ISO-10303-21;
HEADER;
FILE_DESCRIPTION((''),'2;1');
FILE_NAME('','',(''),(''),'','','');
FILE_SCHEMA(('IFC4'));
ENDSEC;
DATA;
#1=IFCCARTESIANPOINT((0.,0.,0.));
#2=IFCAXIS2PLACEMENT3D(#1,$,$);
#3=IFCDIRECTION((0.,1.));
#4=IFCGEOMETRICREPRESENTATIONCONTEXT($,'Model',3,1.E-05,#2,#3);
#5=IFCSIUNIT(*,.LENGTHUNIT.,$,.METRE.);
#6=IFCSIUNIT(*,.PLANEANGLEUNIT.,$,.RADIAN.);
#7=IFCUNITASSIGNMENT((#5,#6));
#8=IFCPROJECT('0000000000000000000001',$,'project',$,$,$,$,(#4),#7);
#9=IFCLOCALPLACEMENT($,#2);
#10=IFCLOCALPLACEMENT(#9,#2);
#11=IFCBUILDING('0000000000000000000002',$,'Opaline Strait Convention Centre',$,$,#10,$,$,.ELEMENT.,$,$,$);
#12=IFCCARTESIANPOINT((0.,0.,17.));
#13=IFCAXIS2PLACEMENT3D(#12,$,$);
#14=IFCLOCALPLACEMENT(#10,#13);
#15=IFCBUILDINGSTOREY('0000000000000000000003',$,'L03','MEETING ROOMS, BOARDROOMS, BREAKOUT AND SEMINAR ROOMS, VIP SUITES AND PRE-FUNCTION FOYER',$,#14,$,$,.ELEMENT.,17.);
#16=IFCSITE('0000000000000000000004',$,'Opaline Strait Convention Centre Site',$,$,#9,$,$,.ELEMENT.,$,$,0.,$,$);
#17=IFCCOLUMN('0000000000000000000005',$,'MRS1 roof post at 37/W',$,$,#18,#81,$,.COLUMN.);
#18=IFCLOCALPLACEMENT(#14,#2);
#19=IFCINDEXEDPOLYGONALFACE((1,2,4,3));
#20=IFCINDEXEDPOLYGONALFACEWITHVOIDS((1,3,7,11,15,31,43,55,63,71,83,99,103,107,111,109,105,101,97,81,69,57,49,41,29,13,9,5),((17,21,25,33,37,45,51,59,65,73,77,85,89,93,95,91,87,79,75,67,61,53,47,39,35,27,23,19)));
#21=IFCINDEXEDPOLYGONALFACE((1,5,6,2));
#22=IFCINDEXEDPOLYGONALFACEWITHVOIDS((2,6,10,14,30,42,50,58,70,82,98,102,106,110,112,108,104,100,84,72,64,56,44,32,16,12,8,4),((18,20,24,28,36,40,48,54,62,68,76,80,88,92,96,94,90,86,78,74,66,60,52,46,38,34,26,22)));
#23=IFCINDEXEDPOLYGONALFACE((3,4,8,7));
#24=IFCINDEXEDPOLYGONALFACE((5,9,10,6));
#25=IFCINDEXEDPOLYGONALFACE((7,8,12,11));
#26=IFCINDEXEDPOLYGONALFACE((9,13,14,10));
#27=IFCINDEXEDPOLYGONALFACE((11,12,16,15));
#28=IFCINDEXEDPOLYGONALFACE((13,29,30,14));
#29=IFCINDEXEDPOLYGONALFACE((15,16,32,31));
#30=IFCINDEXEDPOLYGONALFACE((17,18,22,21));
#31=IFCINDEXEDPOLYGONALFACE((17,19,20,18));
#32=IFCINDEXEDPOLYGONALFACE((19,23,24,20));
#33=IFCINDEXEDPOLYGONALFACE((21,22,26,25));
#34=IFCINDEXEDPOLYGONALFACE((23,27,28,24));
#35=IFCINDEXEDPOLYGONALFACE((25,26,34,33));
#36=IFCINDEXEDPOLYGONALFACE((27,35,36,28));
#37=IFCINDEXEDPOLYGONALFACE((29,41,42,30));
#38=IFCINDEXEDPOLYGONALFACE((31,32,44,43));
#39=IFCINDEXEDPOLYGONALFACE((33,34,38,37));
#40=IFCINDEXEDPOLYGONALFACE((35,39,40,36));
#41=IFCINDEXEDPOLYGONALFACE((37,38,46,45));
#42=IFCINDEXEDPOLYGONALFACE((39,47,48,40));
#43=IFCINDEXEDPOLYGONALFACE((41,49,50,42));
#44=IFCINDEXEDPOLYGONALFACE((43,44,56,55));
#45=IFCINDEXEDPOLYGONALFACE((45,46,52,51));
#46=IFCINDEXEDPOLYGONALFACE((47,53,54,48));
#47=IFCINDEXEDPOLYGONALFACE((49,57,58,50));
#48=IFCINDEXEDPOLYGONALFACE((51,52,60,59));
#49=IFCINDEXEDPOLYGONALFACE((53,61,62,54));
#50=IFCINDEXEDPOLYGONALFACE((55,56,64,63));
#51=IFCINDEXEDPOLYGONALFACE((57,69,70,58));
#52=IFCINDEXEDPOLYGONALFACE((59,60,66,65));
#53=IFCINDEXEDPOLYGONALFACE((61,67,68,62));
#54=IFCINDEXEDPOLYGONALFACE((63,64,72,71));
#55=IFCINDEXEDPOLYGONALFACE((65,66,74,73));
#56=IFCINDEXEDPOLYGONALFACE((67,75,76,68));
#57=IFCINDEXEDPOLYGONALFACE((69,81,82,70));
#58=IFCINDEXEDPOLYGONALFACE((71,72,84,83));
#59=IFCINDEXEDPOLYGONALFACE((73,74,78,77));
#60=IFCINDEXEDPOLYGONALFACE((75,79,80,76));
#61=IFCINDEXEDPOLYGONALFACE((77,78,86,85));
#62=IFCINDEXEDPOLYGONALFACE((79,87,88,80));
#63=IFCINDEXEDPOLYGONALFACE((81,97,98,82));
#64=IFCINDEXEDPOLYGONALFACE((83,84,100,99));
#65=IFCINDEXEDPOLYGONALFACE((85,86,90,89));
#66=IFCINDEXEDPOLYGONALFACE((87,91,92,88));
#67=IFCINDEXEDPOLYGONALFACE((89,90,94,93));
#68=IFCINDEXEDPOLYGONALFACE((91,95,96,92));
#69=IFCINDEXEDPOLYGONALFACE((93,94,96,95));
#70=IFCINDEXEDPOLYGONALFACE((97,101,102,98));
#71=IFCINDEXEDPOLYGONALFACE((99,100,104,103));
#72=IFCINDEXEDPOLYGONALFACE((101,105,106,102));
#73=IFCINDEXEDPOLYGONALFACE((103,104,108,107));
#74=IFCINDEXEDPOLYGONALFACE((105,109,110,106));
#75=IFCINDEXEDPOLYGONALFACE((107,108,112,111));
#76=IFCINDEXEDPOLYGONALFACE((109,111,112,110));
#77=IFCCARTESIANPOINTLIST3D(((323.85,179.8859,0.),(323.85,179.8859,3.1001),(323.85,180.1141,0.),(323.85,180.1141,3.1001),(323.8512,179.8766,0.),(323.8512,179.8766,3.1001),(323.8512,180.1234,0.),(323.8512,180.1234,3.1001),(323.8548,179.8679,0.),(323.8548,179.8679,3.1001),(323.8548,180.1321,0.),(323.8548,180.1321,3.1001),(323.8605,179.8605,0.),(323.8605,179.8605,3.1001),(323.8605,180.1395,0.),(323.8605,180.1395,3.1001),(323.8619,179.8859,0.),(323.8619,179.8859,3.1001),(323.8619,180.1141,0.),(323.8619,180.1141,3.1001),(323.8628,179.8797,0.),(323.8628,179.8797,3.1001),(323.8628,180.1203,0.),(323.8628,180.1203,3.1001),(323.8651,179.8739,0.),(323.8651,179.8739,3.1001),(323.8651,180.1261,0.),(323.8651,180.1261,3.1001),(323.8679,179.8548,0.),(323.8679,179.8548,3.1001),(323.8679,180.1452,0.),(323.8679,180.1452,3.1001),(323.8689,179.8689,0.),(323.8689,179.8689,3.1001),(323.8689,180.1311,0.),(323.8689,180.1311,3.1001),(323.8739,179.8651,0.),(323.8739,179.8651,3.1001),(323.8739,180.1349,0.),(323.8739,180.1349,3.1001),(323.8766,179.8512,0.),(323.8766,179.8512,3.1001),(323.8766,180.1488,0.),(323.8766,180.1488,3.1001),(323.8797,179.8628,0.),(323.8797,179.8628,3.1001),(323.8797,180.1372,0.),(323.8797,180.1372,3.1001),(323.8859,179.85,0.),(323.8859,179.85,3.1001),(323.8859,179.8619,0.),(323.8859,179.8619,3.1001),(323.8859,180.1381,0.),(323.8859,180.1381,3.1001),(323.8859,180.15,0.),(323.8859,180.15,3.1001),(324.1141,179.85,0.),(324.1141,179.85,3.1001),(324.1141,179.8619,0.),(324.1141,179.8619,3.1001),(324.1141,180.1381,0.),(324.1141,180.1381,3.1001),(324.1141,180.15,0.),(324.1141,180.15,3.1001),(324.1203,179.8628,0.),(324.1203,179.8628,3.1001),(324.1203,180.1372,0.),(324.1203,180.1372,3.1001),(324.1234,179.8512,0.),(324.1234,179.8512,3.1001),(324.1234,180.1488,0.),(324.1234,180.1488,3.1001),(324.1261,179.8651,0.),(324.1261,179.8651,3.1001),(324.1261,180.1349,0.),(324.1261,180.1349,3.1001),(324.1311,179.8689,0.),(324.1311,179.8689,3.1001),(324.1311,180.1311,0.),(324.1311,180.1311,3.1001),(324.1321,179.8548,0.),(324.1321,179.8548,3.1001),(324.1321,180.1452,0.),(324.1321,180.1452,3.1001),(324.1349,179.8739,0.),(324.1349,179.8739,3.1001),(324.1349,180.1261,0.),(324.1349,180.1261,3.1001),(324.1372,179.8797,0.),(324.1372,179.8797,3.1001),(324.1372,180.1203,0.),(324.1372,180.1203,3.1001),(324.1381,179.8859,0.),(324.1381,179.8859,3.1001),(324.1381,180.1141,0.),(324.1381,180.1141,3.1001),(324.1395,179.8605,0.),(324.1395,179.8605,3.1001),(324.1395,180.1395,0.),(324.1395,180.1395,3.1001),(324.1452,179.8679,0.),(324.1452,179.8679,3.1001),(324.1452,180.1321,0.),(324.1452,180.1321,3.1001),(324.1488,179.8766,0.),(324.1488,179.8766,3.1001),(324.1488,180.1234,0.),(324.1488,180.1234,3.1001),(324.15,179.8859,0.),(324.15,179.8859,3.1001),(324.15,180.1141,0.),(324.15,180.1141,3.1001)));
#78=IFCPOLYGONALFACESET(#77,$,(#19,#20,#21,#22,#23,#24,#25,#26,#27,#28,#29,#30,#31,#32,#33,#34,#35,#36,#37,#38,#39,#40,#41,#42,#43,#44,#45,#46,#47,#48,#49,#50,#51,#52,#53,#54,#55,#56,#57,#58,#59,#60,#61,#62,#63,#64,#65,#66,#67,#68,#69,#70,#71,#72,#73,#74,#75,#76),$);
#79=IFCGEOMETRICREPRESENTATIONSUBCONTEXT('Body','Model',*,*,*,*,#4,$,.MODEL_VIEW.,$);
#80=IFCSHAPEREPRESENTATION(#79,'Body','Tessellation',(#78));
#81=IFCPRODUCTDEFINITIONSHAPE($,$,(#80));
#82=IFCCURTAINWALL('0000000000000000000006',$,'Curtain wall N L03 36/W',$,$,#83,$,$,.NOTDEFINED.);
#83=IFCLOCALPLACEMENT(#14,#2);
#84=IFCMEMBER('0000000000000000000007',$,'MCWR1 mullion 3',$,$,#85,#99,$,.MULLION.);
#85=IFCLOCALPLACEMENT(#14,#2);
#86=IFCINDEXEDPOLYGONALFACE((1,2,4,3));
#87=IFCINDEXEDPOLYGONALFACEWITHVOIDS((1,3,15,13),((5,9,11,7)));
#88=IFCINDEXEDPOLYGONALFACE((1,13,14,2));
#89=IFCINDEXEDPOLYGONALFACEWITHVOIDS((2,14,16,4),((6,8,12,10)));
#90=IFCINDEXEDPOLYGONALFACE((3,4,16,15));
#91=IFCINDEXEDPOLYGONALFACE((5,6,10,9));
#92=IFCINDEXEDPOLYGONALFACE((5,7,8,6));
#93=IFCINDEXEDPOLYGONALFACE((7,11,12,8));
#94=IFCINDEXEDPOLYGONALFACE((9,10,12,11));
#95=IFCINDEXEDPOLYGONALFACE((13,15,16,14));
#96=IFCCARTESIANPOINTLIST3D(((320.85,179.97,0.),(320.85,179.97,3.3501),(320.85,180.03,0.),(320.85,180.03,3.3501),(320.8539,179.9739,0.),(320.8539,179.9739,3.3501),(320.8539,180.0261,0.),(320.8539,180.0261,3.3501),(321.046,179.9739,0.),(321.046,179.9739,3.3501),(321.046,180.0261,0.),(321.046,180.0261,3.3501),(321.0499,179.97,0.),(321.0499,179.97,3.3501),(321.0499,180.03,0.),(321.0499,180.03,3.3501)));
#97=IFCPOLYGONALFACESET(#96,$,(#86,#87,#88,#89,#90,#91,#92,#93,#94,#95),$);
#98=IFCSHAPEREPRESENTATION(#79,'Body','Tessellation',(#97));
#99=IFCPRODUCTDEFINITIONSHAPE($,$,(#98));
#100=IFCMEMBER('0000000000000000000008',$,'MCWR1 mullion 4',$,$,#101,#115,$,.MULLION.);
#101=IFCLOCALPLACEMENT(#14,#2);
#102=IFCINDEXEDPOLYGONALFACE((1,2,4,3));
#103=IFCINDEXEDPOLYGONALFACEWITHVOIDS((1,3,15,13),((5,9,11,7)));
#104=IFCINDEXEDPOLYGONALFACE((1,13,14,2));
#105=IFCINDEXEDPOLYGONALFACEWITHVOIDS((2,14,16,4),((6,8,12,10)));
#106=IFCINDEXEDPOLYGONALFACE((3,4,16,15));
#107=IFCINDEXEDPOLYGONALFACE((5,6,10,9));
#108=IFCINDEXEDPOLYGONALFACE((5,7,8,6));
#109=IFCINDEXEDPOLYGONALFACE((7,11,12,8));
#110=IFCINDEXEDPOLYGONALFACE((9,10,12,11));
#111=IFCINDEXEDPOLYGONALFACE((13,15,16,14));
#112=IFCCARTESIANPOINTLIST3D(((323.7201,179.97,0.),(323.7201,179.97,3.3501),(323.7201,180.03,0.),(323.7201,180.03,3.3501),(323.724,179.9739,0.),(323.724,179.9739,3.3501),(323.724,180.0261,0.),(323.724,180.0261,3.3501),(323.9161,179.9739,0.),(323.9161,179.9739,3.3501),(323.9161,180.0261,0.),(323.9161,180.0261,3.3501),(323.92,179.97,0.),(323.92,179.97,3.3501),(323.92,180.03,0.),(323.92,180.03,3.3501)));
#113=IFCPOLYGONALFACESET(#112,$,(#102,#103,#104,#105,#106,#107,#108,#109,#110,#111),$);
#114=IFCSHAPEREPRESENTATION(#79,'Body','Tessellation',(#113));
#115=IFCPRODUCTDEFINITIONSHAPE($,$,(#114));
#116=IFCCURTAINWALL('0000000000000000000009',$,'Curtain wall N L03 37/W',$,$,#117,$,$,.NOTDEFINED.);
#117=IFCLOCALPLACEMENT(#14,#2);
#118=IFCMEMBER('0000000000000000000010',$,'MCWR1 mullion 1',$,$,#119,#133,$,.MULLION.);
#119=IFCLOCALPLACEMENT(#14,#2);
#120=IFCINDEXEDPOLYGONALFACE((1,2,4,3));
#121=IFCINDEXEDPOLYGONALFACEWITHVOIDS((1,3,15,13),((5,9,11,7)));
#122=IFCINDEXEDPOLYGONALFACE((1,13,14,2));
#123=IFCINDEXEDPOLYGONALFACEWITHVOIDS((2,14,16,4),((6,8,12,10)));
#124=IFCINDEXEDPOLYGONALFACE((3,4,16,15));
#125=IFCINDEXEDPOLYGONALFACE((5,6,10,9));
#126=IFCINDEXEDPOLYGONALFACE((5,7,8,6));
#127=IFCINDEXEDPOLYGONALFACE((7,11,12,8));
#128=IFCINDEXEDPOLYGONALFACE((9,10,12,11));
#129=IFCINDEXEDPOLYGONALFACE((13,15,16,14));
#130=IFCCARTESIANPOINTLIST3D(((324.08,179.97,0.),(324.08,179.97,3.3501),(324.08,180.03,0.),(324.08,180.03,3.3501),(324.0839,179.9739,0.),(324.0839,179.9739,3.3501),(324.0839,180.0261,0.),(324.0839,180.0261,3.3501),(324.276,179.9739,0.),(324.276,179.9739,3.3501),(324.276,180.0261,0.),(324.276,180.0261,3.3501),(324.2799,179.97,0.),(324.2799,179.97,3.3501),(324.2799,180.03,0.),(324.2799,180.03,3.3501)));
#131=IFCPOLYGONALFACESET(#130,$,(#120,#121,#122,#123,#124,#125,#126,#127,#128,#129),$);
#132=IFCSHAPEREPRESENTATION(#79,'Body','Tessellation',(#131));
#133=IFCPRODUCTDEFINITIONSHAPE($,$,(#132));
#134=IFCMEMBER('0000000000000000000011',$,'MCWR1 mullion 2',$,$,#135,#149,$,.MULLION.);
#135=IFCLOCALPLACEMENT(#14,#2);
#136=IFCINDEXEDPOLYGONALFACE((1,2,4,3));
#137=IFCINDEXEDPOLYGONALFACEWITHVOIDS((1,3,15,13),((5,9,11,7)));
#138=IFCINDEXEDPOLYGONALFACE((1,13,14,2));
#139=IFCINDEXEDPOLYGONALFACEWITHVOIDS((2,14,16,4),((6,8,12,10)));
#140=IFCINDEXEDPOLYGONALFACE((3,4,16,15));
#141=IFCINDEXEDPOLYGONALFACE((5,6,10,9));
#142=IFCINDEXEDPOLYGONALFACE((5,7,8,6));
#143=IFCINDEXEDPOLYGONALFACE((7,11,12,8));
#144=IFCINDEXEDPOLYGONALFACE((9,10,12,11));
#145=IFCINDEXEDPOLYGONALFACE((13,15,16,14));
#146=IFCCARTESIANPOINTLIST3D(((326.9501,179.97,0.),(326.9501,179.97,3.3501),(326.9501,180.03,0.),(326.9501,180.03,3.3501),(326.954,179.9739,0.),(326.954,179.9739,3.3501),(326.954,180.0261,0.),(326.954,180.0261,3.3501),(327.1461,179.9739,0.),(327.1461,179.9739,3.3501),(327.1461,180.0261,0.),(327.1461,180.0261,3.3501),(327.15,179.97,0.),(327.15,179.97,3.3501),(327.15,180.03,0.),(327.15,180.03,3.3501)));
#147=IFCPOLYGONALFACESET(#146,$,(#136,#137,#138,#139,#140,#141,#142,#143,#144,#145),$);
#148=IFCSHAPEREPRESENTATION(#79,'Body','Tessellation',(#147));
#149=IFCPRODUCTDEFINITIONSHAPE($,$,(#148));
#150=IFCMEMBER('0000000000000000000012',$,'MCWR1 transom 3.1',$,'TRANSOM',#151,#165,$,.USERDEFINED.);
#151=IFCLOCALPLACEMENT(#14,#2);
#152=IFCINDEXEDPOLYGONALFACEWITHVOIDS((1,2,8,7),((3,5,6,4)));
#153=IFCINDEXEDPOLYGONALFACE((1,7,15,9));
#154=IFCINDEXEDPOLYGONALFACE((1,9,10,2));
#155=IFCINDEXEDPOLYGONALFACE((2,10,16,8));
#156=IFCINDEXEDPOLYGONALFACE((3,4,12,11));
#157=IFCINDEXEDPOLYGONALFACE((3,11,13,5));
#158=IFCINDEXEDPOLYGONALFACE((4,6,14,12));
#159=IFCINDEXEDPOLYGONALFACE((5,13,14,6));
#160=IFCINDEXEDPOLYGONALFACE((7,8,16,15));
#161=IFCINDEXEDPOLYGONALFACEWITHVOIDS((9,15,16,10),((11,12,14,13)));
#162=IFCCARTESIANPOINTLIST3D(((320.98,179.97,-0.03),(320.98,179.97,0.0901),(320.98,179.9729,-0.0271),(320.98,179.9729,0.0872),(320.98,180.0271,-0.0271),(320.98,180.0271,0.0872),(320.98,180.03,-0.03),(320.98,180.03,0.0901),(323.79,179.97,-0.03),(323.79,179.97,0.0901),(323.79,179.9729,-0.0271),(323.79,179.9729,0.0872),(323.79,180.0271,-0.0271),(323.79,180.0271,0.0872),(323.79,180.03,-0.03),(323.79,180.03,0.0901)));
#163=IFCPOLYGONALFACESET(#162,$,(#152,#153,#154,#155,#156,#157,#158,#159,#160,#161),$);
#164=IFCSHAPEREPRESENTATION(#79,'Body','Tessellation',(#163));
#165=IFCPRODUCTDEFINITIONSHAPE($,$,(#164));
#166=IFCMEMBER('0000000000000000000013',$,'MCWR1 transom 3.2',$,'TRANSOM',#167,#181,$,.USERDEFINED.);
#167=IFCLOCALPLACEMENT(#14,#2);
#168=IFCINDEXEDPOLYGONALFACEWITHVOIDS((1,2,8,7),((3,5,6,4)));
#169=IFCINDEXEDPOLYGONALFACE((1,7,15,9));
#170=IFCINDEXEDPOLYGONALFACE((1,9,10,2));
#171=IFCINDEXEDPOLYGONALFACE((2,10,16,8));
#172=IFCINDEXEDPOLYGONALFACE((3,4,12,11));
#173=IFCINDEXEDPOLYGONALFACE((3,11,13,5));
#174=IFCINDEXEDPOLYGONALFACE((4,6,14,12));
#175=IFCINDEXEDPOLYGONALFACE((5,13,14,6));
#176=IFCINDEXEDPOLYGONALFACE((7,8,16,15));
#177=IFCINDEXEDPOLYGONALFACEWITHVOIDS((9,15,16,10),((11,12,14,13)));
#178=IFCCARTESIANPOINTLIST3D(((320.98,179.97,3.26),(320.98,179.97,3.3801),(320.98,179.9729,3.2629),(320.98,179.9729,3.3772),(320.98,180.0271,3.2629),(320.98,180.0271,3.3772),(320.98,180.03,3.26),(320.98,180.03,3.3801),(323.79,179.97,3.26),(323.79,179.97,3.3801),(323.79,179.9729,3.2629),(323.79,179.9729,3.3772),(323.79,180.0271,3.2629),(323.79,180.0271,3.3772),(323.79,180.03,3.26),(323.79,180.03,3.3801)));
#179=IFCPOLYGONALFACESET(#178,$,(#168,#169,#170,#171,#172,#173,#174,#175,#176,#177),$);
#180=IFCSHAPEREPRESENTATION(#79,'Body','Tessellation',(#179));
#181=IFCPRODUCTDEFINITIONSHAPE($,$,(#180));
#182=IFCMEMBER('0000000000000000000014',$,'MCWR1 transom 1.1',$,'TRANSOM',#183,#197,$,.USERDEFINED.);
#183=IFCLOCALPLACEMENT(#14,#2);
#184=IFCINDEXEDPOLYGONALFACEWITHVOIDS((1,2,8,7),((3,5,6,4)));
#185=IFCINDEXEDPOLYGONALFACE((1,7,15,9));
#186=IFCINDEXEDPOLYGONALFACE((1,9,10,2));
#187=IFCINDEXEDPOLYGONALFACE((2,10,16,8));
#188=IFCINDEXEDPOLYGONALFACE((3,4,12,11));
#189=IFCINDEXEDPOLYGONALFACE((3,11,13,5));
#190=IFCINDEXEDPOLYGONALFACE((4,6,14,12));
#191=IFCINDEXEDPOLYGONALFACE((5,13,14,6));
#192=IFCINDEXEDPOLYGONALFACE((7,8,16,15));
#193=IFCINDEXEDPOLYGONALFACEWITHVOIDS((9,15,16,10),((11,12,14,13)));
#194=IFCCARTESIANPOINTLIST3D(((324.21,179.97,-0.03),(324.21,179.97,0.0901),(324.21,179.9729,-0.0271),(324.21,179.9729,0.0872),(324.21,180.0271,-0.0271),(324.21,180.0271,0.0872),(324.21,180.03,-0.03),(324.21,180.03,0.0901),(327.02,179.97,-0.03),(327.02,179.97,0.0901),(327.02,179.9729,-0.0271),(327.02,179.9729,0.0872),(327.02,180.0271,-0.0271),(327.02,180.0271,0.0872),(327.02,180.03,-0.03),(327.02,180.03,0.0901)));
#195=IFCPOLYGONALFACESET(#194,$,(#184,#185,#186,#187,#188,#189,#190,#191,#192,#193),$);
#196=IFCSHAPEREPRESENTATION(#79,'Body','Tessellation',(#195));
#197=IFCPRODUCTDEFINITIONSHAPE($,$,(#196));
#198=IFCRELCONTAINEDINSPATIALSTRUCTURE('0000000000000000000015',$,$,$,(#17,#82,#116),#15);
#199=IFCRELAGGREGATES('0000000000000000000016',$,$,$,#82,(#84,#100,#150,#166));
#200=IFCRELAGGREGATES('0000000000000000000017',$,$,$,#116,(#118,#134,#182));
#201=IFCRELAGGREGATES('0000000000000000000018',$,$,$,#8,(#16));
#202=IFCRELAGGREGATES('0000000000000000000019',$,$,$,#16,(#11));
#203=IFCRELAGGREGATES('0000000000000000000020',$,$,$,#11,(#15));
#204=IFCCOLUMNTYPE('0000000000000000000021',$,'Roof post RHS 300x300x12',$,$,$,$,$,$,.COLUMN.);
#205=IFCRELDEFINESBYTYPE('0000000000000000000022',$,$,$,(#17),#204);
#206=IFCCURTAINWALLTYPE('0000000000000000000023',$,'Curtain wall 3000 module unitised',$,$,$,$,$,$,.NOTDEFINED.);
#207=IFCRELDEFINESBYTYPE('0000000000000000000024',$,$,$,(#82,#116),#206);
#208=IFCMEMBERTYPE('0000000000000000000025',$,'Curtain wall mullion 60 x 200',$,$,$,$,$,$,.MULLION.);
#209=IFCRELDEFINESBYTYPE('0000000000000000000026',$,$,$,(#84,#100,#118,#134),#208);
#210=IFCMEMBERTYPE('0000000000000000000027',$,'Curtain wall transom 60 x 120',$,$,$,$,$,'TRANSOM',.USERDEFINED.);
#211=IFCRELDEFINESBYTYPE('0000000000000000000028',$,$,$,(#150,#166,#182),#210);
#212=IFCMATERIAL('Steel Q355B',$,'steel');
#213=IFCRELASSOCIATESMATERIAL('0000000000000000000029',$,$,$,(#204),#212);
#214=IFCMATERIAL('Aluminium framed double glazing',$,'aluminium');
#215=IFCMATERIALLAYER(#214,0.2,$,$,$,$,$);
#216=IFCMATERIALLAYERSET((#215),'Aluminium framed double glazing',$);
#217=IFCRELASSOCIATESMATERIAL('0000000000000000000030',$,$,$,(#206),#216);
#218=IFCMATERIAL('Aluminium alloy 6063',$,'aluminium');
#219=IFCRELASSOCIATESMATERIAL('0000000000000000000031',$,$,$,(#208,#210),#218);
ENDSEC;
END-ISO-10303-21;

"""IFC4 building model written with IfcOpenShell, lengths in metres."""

from ifc_helpers import new_model, si_unit, direction, frame, origin, origin_2d, place, context, subcontext, project, spatial, hollow_rectangle, extrude, material, layer, layer_set, material_profile, profile_set, type_object, element, aggregate, save


model = new_model("IFC4")

# Units and contexts
model_context = context("Model", 3, precision=1e-05, world=origin(), true_north=direction((0.0, 1.0)))
body_context = subcontext(model_context, "Body", "Model", "MODEL_VIEW")
ifc_project = project(units=[si_unit("LENGTHUNIT", "METRE"), si_unit("PLANEANGLEUNIT", "RADIAN")], contexts=[model_context])

# Site, building, storey
site_placement = place(None, origin())
site = spatial("IfcSite", under=ifc_project, at=site_placement, Name="Opaline Strait Convention Centre Site", CompositionType="ELEMENT", RefElevation=0.0)
building_placement = place(site_placement, origin())
building = spatial("IfcBuilding", under=site, at=building_placement, Name="Opaline Strait Convention Centre", CompositionType="ELEMENT")
storey_placement = place(building_placement, frame((0.0, 0.0, 17.0)))
storey = spatial("IfcBuildingStorey", under=building, at=storey_placement, Name="L03", Description="MEETING ROOMS, BOARDROOMS, BREAKOUT AND SEMINAR ROOMS, VIP SUITES AND PRE-FUNCTION FOYER", CompositionType="ELEMENT", Elevation=17.0)

# Column
ifc_material_1 = material(Name="Steel Q355B", Category="steel")
ifc_material_profile_1 = material_profile(ifc_material_1, hollow_rectangle(XDim=0.3, YDim=0.3, WallThickness=0.012, InnerFilletRadius=0.0239, OuterFilletRadius=0.0359, at=origin_2d()), Name="RHS 300x300x12")
ifc_profile_set_1 = profile_set([ifc_material_profile_1], Name="Steel Q355B")
column_type = type_object("IfcColumnType", Name="Roof post RHS 300x300x12", PredefinedType="COLUMN", material=ifc_profile_set_1)
column_placement = place(storey_placement, frame((324.0, 180.0, 0.0), z_axis=(0.0, 0.0, 1.0), x_axis=(1.0, 0.0, 0.0)))
element("IfcColumn", 1, at=column_placement, inside=storey, type_object=column_type, Name="MRS1 roof post at 37/W", PredefinedType="COLUMN", context=body_context, shape_type="SweptSolid", body=[
    extrude(hollow_rectangle(XDim=0.3, YDim=0.3, WallThickness=0.012, InnerFilletRadius=0.0239, OuterFilletRadius=0.0359, at=origin_2d()), origin(), (0.0, 0.0, 1.0), 3.1001),
])

# Curtain walls, members
ifc_material_2 = material(Name="Aluminium framed double glazing", Category="aluminium")
ifc_layer_1 = layer(ifc_material_2, 0.2)
ifc_layer_set_1 = layer_set([ifc_layer_1], Name="Aluminium framed double glazing")
curtain_wall_type = type_object("IfcCurtainWallType", Name="Curtain wall 3000 module unitised", PredefinedType="NOTDEFINED", material=ifc_layer_set_1)
curtain_wall_1_placement = place(storey_placement, origin())
curtain_wall_1 = element("IfcCurtainWall", 2, at=curtain_wall_1_placement, inside=storey, type_object=curtain_wall_type, Name="Curtain wall N L03 36/W", PredefinedType="NOTDEFINED")
ifc_material_3 = material(Name="Aluminium alloy 6063", Category="aluminium")
ifc_material_profile_2 = material_profile(ifc_material_3, hollow_rectangle(XDim=0.0601, YDim=0.2, WallThickness=0.0039, at=origin_2d()), Name="MULLION 60x200x4")
ifc_profile_set_2 = profile_set([ifc_material_profile_2], Name="Aluminium alloy 6063")
member_type_1 = type_object("IfcMemberType", Name="Curtain wall mullion 60 x 200", PredefinedType="MULLION", material=ifc_profile_set_2)
member_1_placement = place(storey_placement, frame((320.95, 180.0, 0.0), z_axis=(0.0, 0.0, 1.0), x_axis=(0.0, 1.0, 0.0)))
member_1 = element("IfcMember", 3, at=member_1_placement, type_object=member_type_1, Name="MCWR1 mullion 3", PredefinedType="MULLION", context=body_context, shape_type="SweptSolid", body=[
    extrude(hollow_rectangle(XDim=0.0601, YDim=0.2, WallThickness=0.0039, at=origin_2d()), origin(), (0.0, 0.0, 1.0), 3.3501),
])
member_2_placement = place(storey_placement, frame((323.8201, 180.0, 0.0), z_axis=(0.0, 0.0, 1.0), x_axis=(0.0, 1.0, 0.0)))
member_2 = element("IfcMember", 4, at=member_2_placement, type_object=member_type_1, Name="MCWR1 mullion 4", PredefinedType="MULLION", context=body_context, shape_type="SweptSolid", body=[
    extrude(hollow_rectangle(XDim=0.0601, YDim=0.2, WallThickness=0.0039, at=origin_2d()), origin(), (0.0, 0.0, 1.0), 3.3501),
])
curtain_wall_2_placement = place(storey_placement, origin())
curtain_wall_2 = element("IfcCurtainWall", 5, at=curtain_wall_2_placement, inside=storey, type_object=curtain_wall_type, Name="Curtain wall N L03 37/W", PredefinedType="NOTDEFINED")
member_3_placement = place(storey_placement, frame((324.1799, 180.0, 0.0), z_axis=(0.0, 0.0, 1.0), x_axis=(0.0, 1.0, 0.0)))
member_3 = element("IfcMember", 6, at=member_3_placement, type_object=member_type_1, Name="MCWR1 mullion 1", PredefinedType="MULLION", context=body_context, shape_type="SweptSolid", body=[
    extrude(hollow_rectangle(XDim=0.0601, YDim=0.2, WallThickness=0.0039, at=origin_2d()), origin(), (0.0, 0.0, 1.0), 3.3501),
])
member_4_placement = place(storey_placement, frame((327.05, 180.0, 0.0), z_axis=(0.0, 0.0, 1.0), x_axis=(0.0, 1.0, 0.0)))
member_4 = element("IfcMember", 7, at=member_4_placement, type_object=member_type_1, Name="MCWR1 mullion 2", PredefinedType="MULLION", context=body_context, shape_type="SweptSolid", body=[
    extrude(hollow_rectangle(XDim=0.0601, YDim=0.2, WallThickness=0.0039, at=origin_2d()), origin(), (0.0, 0.0, 1.0), 3.3501),
])

# Members
ifc_material_profile_3 = material_profile(ifc_material_3, hollow_rectangle(XDim=0.0601, YDim=0.1201, WallThickness=0.0029, at=origin_2d()), Name="TRANSOM 60x120x3")
ifc_profile_set_3 = profile_set([ifc_material_profile_3], Name="Aluminium alloy 6063")
member_type_2 = type_object("IfcMemberType", Name="Curtain wall transom 60 x 120", ElementType="TRANSOM", PredefinedType="USERDEFINED", material=ifc_profile_set_3)
member_5_placement = place(storey_placement, frame((320.98, 180.0, 0.03), z_axis=(1.0, 0.0, 0.0), x_axis=(0.0, 1.0, 0.0)))
member_5 = element("IfcMember", 8, at=member_5_placement, type_object=member_type_2, Name="MCWR1 transom 3.1", ObjectType="TRANSOM", PredefinedType="USERDEFINED", context=body_context, shape_type="SweptSolid", body=[
    extrude(hollow_rectangle(XDim=0.0601, YDim=0.1201, WallThickness=0.0029, at=origin_2d()), origin(), (0.0, 0.0, 1.0), 2.8101),
])
member_6_placement = place(storey_placement, frame((320.98, 180.0, 3.3201), z_axis=(1.0, 0.0, 0.0), x_axis=(0.0, 1.0, 0.0)))
member_6 = element("IfcMember", 9, at=member_6_placement, type_object=member_type_2, Name="MCWR1 transom 3.2", ObjectType="TRANSOM", PredefinedType="USERDEFINED", context=body_context, shape_type="SweptSolid", body=[
    extrude(hollow_rectangle(XDim=0.0601, YDim=0.1201, WallThickness=0.0029, at=origin_2d()), origin(), (0.0, 0.0, 1.0), 2.8101),
])
member_7_placement = place(storey_placement, frame((324.21, 180.0, 0.03), z_axis=(1.0, 0.0, 0.0), x_axis=(0.0, 1.0, 0.0)))
member_7 = element("IfcMember", 10, at=member_7_placement, type_object=member_type_2, Name="MCWR1 transom 1.1", ObjectType="TRANSOM", PredefinedType="USERDEFINED", context=body_context, shape_type="SweptSolid", body=[
    extrude(hollow_rectangle(XDim=0.0601, YDim=0.1201, WallThickness=0.0029, at=origin_2d()), origin(), (0.0, 0.0, 1.0), 2.8101),
])

aggregate(curtain_wall_1, [member_1, member_2, member_5, member_6])
aggregate(curtain_wall_2, [member_3, member_4, member_7])

save(model, "model.ifc")
